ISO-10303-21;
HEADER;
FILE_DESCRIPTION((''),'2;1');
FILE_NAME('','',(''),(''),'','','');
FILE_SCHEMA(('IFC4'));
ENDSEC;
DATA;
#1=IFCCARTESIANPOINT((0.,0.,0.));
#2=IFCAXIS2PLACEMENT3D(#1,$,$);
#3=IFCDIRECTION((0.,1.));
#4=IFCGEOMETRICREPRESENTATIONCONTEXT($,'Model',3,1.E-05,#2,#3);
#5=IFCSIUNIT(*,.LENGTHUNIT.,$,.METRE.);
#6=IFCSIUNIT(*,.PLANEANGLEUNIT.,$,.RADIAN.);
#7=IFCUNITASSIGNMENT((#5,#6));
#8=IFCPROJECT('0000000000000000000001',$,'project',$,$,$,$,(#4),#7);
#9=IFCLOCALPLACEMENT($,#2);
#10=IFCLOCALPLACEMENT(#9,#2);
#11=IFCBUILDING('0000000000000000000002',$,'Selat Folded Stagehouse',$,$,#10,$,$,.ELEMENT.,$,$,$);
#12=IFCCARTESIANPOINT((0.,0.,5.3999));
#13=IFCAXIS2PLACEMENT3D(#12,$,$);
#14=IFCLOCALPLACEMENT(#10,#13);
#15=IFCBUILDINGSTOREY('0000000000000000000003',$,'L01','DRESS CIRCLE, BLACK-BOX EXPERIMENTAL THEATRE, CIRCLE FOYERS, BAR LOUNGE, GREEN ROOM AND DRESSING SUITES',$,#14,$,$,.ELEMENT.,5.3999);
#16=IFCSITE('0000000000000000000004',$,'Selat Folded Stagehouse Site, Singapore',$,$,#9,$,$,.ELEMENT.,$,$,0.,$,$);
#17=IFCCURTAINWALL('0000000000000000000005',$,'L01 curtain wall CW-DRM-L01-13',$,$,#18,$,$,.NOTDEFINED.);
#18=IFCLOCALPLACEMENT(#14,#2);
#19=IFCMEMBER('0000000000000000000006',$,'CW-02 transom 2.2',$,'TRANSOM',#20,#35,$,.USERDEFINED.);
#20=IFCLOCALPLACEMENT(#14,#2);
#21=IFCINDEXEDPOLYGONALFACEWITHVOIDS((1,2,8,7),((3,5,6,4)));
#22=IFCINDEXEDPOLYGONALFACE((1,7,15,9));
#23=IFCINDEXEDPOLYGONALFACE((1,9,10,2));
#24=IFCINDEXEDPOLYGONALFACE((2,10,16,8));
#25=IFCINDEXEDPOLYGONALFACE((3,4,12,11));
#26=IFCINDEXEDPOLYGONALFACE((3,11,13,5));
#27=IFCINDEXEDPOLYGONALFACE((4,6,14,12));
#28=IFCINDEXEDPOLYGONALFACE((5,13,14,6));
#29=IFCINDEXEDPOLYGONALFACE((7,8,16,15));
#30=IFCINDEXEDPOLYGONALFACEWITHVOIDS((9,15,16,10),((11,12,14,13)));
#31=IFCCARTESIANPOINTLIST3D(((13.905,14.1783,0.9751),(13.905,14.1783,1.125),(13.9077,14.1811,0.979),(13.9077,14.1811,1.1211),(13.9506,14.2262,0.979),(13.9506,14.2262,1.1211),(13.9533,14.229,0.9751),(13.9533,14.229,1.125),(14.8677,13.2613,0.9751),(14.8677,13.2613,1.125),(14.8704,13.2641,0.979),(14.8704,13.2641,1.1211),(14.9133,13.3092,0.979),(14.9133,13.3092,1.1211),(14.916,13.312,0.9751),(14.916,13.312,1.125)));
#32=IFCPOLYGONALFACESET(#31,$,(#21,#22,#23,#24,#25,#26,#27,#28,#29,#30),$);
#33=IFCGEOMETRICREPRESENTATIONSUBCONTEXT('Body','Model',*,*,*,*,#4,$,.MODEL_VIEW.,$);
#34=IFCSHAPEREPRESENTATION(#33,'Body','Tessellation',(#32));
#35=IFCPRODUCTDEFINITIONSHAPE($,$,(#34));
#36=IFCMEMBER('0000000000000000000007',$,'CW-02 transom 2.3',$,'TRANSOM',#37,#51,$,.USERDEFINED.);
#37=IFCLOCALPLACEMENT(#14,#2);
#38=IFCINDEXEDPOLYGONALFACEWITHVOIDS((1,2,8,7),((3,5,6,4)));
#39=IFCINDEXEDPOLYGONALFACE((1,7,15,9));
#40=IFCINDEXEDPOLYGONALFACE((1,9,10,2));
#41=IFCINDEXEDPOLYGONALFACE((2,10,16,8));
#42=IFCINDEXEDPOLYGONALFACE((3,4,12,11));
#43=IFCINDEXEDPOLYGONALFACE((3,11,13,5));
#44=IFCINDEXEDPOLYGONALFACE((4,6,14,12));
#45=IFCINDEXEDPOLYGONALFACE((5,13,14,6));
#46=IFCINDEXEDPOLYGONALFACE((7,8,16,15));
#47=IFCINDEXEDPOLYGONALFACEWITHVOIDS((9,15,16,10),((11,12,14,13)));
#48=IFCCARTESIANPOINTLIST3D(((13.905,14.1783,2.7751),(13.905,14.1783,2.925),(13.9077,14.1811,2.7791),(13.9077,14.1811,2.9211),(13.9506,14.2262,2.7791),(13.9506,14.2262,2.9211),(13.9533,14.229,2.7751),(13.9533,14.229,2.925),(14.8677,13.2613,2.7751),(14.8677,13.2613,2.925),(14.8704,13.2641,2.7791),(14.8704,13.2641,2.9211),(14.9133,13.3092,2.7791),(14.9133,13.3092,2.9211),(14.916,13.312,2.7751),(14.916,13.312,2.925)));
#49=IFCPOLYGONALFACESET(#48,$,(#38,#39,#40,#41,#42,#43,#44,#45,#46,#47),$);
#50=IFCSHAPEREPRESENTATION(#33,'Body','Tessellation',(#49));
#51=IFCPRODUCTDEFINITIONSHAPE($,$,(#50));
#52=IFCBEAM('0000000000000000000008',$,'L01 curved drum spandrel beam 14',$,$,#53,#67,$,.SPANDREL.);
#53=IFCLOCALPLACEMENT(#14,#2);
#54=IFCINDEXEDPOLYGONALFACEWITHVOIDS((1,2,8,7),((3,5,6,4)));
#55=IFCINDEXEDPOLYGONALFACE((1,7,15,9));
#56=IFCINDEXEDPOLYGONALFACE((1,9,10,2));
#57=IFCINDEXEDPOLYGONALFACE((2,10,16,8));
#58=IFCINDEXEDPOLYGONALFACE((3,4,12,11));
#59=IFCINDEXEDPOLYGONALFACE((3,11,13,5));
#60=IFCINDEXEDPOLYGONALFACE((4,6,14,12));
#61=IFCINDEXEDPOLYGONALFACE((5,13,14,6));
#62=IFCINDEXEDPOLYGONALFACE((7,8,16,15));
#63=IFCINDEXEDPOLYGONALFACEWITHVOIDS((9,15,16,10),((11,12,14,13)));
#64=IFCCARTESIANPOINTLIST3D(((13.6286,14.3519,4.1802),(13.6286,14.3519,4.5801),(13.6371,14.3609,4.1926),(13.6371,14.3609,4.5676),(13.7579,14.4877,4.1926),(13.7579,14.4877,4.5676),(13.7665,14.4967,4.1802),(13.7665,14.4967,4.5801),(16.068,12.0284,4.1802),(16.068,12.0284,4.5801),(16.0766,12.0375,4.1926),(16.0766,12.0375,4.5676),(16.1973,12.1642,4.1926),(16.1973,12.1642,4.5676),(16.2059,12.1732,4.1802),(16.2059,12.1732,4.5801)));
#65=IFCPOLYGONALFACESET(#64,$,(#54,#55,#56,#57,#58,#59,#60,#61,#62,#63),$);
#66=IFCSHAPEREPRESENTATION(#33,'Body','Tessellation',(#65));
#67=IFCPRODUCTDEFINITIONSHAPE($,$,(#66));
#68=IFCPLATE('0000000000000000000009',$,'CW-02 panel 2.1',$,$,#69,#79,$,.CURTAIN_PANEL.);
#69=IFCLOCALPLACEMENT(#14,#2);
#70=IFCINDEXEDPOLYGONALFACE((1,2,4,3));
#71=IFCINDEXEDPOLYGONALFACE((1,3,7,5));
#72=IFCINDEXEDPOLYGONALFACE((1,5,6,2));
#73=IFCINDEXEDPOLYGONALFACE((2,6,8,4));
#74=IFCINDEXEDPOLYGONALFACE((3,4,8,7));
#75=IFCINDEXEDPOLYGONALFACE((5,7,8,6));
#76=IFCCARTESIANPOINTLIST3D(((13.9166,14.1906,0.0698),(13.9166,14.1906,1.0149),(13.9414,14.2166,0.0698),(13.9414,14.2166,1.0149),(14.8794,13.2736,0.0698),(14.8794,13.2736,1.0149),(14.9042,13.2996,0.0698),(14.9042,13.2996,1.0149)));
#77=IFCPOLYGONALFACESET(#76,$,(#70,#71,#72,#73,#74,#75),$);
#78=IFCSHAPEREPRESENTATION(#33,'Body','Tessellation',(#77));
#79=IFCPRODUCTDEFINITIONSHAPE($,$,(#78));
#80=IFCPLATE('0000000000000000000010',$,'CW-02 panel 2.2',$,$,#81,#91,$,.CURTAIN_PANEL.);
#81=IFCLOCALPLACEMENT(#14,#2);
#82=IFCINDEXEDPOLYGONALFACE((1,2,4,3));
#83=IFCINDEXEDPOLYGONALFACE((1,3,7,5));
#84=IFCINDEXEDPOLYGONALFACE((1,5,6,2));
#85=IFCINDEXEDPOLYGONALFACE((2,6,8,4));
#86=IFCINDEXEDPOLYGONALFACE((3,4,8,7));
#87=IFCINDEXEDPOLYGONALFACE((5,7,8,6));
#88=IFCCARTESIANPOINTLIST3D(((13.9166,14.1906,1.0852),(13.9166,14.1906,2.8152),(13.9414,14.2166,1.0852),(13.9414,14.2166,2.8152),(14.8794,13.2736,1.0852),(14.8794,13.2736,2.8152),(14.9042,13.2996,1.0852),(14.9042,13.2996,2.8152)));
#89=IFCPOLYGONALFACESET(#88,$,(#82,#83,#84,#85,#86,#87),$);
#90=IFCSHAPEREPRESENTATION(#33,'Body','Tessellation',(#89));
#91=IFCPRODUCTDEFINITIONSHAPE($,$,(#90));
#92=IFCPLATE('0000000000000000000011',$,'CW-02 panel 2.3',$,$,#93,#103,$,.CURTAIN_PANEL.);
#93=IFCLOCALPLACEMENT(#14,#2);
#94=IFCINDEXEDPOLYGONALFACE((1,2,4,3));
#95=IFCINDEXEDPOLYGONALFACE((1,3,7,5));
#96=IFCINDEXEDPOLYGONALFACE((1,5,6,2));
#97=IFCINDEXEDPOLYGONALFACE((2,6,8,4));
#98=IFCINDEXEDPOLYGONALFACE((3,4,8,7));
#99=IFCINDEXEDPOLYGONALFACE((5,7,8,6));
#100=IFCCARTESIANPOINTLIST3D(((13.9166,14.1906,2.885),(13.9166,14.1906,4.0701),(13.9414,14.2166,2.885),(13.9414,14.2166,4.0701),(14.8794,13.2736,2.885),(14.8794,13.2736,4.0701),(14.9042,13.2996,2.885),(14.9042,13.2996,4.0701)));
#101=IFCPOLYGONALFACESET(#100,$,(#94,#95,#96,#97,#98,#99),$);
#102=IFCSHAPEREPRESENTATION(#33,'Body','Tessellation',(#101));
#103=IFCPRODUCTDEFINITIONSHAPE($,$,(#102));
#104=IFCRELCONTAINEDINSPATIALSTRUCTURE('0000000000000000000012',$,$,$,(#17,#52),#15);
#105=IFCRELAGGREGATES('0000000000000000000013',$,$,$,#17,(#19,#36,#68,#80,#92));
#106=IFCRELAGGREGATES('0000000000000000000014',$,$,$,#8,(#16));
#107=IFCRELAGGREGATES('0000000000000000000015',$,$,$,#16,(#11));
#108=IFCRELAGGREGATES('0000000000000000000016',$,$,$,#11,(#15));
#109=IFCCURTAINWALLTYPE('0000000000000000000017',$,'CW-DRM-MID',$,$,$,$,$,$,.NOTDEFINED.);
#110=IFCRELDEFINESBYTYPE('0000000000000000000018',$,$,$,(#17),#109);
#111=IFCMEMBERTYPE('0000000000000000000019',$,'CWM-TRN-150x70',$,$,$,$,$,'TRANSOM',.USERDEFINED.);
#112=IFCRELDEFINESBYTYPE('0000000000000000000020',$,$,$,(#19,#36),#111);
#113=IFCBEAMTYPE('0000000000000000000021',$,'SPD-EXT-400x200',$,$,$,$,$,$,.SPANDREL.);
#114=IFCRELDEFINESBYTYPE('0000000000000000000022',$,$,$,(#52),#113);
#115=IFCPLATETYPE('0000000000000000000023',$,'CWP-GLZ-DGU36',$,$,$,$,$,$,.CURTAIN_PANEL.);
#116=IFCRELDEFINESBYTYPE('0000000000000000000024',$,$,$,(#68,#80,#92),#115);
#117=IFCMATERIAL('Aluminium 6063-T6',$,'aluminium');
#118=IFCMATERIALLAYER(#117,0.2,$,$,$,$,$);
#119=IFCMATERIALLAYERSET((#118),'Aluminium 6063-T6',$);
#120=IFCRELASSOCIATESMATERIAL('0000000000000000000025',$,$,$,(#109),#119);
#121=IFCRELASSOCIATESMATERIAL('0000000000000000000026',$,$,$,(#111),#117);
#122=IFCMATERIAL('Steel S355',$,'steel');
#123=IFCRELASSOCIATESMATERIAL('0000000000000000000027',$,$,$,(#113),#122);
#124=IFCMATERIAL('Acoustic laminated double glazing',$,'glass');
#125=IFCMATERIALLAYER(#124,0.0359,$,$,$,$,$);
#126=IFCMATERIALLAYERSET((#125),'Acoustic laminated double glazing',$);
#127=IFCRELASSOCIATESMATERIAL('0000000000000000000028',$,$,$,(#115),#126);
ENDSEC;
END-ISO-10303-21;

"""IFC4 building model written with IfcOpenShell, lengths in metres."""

from ifc_helpers import new_model, si_unit, direction, frame, origin, origin_2d, place, context, subcontext, project, spatial, rectangle, hollow_rectangle, extrude, material, layer, layer_set, material_profile, profile_set, type_object, element, aggregate, save


model = new_model("IFC4")

# Units and contexts
model_context = context("Model", 3, precision=1e-05, world=origin(), true_north=direction((0.0, 1.0)))
body_context = subcontext(model_context, "Body", "Model", "MODEL_VIEW")
ifc_project = project(units=[si_unit("LENGTHUNIT", "METRE"), si_unit("PLANEANGLEUNIT", "RADIAN")], contexts=[model_context])

# Site, building, storey
site_placement = place(None, origin())
site = spatial("IfcSite", under=ifc_project, at=site_placement, Name="Selat Folded Stagehouse Site, Singapore", CompositionType="ELEMENT", RefElevation=0.0)
building_placement = place(site_placement, origin())
building = spatial("IfcBuilding", under=site, at=building_placement, Name="Selat Folded Stagehouse", CompositionType="ELEMENT")
storey_placement = place(building_placement, frame((0.0, 0.0, 5.3999)))
storey = spatial("IfcBuildingStorey", under=building, at=storey_placement, Name="L01", Description="DRESS CIRCLE, BLACK-BOX EXPERIMENTAL THEATRE, CIRCLE FOYERS, BAR LOUNGE, GREEN ROOM AND DRESSING SUITES", CompositionType="ELEMENT", Elevation=5.3999)

# Shared definitions
ifc_material_1 = material(Name="Steel S355", Category="steel")

# Curtain wall
ifc_material_2 = material(Name="Aluminium 6063-T6", Category="aluminium")
ifc_layer_1 = layer(ifc_material_2, 0.2)
ifc_layer_set_1 = layer_set([ifc_layer_1], Name="Aluminium 6063-T6")
curtain_wall_type = type_object("IfcCurtainWallType", Name="CW-DRM-MID", PredefinedType="NOTDEFINED", material=ifc_layer_set_1)
curtain_wall_1_placement = place(storey_placement, origin())
curtain_wall_1 = element("IfcCurtainWall", 1, at=curtain_wall_1_placement, inside=storey, type_object=curtain_wall_type, Name="L01 curtain wall CW-DRM-L01-13", PredefinedType="NOTDEFINED")

# Members
ifc_material_profile_1 = material_profile(ifc_material_2, hollow_rectangle(XDim=0.0701, YDim=0.1499, WallThickness=0.0039, at=origin_2d()), Name="ALU 150x70x4.0")
ifc_profile_set_1 = profile_set([ifc_material_profile_1], Name="Aluminium 6063-T6")
member_type_1 = type_object("IfcMemberType", Name="CWM-TRN-150x70", ElementType="TRANSOM", PredefinedType="USERDEFINED", material=ifc_profile_set_1)
member_1_placement = place(storey_placement, frame((14.8918, 13.2866, 1.05), z_axis=(-0.724068, 0.689729, 0.0), x_axis=(-0.689729, -0.724068, 0.0)))
member_1 = element("IfcMember", 2, at=member_1_placement, type_object=member_type_1, Name="CW-02 transom 2.2", ObjectType="TRANSOM", PredefinedType="USERDEFINED", context=body_context, shape_type="SweptSolid", body=[
    extrude(hollow_rectangle(XDim=0.0701, YDim=0.1499, WallThickness=0.0039, at=origin_2d()), origin(), (0.0, 0.0, 1.0), 1.3296),
])
member_2_placement = place(storey_placement, frame((14.8918, 13.2866, 2.8501), z_axis=(-0.724068, 0.689729, 0.0), x_axis=(-0.689729, -0.724068, 0.0)))
member_2 = element("IfcMember", 3, at=member_2_placement, type_object=member_type_1, Name="CW-02 transom 2.3", ObjectType="TRANSOM", PredefinedType="USERDEFINED", context=body_context, shape_type="SweptSolid", body=[
    extrude(hollow_rectangle(XDim=0.0701, YDim=0.1499, WallThickness=0.0039, at=origin_2d()), origin(), (0.0, 0.0, 1.0), 1.3296),
])

# Beam
ifc_material_profile_2 = material_profile(ifc_material_1, hollow_rectangle(XDim=0.2, YDim=0.3999, WallThickness=0.0125, at=origin_2d()), Name="RHS 400x200x12.5")
ifc_profile_set_2 = profile_set([ifc_material_profile_2], Name="Steel S355")
beam_type = type_object("IfcBeamType", Name="SPD-EXT-400x200", PredefinedType="SPANDREL", material=ifc_profile_set_2)
beam_placement = place(storey_placement, frame((13.6975, 14.4243, 4.3801), z_axis=(0.724109, -0.689686, 0.0), x_axis=(0.689686, 0.724109, 0.0)))
element("IfcBeam", 4, at=beam_placement, inside=storey, type_object=beam_type, Name="L01 curved drum spandrel beam 14", PredefinedType="SPANDREL", context=body_context, shape_type="SweptSolid", body=[
    extrude(hollow_rectangle(XDim=0.2, YDim=0.3999, WallThickness=0.0125, at=origin_2d()), origin(), (0.0, 0.0, 1.0), 3.3689),
])

# Plates
ifc_material_3 = material(Name="Acoustic laminated double glazing", Category="glass")
ifc_layer_2 = layer(ifc_material_3, 0.0359)
ifc_layer_set_2 = layer_set([ifc_layer_2], Name="Acoustic laminated double glazing")
plate_type = type_object("IfcPlateType", Name="CWP-GLZ-DGU36", PredefinedType="CURTAIN_PANEL", material=ifc_layer_set_2)
plate_1_placement = place(storey_placement, frame((14.4104, 13.7451, 0.0698), z_axis=(0.0, 0.0, 1.0), x_axis=(-0.724132, 0.689661, 0.0)))
plate_1 = element("IfcPlate", 5, at=plate_1_placement, type_object=plate_type, Name="CW-02 panel 2.1", PredefinedType="CURTAIN_PANEL", context=body_context, shape_type="SweptSolid", body=[
    extrude(rectangle(XDim=1.3296, YDim=0.0359, at=origin_2d()), origin(), (0.0, 0.0, 1.0), 0.9451),
])
plate_2_placement = place(storey_placement, frame((14.4104, 13.7451, 1.0852), z_axis=(0.0, 0.0, 1.0), x_axis=(-0.724132, 0.689661, 0.0)))
plate_2 = element("IfcPlate", 6, at=plate_2_placement, type_object=plate_type, Name="CW-02 panel 2.2", PredefinedType="CURTAIN_PANEL", context=body_context, shape_type="SweptSolid", body=[
    extrude(rectangle(XDim=1.3296, YDim=0.0359, at=origin_2d()), origin(), (0.0, 0.0, 1.0), 1.73),
])
plate_3_placement = place(storey_placement, frame((14.4104, 13.7451, 2.885), z_axis=(0.0, 0.0, 1.0), x_axis=(-0.724132, 0.689661, 0.0)))
plate_3 = element("IfcPlate", 7, at=plate_3_placement, type_object=plate_type, Name="CW-02 panel 2.3", PredefinedType="CURTAIN_PANEL", context=body_context, shape_type="SweptSolid", body=[
    extrude(rectangle(XDim=1.3296, YDim=0.0359, at=origin_2d()), origin(), (0.0, 0.0, 1.0), 1.1851),
])
aggregate(curtain_wall_1, [member_1, member_2, plate_1, plate_2, plate_3])

save(model, "model.ifc")
